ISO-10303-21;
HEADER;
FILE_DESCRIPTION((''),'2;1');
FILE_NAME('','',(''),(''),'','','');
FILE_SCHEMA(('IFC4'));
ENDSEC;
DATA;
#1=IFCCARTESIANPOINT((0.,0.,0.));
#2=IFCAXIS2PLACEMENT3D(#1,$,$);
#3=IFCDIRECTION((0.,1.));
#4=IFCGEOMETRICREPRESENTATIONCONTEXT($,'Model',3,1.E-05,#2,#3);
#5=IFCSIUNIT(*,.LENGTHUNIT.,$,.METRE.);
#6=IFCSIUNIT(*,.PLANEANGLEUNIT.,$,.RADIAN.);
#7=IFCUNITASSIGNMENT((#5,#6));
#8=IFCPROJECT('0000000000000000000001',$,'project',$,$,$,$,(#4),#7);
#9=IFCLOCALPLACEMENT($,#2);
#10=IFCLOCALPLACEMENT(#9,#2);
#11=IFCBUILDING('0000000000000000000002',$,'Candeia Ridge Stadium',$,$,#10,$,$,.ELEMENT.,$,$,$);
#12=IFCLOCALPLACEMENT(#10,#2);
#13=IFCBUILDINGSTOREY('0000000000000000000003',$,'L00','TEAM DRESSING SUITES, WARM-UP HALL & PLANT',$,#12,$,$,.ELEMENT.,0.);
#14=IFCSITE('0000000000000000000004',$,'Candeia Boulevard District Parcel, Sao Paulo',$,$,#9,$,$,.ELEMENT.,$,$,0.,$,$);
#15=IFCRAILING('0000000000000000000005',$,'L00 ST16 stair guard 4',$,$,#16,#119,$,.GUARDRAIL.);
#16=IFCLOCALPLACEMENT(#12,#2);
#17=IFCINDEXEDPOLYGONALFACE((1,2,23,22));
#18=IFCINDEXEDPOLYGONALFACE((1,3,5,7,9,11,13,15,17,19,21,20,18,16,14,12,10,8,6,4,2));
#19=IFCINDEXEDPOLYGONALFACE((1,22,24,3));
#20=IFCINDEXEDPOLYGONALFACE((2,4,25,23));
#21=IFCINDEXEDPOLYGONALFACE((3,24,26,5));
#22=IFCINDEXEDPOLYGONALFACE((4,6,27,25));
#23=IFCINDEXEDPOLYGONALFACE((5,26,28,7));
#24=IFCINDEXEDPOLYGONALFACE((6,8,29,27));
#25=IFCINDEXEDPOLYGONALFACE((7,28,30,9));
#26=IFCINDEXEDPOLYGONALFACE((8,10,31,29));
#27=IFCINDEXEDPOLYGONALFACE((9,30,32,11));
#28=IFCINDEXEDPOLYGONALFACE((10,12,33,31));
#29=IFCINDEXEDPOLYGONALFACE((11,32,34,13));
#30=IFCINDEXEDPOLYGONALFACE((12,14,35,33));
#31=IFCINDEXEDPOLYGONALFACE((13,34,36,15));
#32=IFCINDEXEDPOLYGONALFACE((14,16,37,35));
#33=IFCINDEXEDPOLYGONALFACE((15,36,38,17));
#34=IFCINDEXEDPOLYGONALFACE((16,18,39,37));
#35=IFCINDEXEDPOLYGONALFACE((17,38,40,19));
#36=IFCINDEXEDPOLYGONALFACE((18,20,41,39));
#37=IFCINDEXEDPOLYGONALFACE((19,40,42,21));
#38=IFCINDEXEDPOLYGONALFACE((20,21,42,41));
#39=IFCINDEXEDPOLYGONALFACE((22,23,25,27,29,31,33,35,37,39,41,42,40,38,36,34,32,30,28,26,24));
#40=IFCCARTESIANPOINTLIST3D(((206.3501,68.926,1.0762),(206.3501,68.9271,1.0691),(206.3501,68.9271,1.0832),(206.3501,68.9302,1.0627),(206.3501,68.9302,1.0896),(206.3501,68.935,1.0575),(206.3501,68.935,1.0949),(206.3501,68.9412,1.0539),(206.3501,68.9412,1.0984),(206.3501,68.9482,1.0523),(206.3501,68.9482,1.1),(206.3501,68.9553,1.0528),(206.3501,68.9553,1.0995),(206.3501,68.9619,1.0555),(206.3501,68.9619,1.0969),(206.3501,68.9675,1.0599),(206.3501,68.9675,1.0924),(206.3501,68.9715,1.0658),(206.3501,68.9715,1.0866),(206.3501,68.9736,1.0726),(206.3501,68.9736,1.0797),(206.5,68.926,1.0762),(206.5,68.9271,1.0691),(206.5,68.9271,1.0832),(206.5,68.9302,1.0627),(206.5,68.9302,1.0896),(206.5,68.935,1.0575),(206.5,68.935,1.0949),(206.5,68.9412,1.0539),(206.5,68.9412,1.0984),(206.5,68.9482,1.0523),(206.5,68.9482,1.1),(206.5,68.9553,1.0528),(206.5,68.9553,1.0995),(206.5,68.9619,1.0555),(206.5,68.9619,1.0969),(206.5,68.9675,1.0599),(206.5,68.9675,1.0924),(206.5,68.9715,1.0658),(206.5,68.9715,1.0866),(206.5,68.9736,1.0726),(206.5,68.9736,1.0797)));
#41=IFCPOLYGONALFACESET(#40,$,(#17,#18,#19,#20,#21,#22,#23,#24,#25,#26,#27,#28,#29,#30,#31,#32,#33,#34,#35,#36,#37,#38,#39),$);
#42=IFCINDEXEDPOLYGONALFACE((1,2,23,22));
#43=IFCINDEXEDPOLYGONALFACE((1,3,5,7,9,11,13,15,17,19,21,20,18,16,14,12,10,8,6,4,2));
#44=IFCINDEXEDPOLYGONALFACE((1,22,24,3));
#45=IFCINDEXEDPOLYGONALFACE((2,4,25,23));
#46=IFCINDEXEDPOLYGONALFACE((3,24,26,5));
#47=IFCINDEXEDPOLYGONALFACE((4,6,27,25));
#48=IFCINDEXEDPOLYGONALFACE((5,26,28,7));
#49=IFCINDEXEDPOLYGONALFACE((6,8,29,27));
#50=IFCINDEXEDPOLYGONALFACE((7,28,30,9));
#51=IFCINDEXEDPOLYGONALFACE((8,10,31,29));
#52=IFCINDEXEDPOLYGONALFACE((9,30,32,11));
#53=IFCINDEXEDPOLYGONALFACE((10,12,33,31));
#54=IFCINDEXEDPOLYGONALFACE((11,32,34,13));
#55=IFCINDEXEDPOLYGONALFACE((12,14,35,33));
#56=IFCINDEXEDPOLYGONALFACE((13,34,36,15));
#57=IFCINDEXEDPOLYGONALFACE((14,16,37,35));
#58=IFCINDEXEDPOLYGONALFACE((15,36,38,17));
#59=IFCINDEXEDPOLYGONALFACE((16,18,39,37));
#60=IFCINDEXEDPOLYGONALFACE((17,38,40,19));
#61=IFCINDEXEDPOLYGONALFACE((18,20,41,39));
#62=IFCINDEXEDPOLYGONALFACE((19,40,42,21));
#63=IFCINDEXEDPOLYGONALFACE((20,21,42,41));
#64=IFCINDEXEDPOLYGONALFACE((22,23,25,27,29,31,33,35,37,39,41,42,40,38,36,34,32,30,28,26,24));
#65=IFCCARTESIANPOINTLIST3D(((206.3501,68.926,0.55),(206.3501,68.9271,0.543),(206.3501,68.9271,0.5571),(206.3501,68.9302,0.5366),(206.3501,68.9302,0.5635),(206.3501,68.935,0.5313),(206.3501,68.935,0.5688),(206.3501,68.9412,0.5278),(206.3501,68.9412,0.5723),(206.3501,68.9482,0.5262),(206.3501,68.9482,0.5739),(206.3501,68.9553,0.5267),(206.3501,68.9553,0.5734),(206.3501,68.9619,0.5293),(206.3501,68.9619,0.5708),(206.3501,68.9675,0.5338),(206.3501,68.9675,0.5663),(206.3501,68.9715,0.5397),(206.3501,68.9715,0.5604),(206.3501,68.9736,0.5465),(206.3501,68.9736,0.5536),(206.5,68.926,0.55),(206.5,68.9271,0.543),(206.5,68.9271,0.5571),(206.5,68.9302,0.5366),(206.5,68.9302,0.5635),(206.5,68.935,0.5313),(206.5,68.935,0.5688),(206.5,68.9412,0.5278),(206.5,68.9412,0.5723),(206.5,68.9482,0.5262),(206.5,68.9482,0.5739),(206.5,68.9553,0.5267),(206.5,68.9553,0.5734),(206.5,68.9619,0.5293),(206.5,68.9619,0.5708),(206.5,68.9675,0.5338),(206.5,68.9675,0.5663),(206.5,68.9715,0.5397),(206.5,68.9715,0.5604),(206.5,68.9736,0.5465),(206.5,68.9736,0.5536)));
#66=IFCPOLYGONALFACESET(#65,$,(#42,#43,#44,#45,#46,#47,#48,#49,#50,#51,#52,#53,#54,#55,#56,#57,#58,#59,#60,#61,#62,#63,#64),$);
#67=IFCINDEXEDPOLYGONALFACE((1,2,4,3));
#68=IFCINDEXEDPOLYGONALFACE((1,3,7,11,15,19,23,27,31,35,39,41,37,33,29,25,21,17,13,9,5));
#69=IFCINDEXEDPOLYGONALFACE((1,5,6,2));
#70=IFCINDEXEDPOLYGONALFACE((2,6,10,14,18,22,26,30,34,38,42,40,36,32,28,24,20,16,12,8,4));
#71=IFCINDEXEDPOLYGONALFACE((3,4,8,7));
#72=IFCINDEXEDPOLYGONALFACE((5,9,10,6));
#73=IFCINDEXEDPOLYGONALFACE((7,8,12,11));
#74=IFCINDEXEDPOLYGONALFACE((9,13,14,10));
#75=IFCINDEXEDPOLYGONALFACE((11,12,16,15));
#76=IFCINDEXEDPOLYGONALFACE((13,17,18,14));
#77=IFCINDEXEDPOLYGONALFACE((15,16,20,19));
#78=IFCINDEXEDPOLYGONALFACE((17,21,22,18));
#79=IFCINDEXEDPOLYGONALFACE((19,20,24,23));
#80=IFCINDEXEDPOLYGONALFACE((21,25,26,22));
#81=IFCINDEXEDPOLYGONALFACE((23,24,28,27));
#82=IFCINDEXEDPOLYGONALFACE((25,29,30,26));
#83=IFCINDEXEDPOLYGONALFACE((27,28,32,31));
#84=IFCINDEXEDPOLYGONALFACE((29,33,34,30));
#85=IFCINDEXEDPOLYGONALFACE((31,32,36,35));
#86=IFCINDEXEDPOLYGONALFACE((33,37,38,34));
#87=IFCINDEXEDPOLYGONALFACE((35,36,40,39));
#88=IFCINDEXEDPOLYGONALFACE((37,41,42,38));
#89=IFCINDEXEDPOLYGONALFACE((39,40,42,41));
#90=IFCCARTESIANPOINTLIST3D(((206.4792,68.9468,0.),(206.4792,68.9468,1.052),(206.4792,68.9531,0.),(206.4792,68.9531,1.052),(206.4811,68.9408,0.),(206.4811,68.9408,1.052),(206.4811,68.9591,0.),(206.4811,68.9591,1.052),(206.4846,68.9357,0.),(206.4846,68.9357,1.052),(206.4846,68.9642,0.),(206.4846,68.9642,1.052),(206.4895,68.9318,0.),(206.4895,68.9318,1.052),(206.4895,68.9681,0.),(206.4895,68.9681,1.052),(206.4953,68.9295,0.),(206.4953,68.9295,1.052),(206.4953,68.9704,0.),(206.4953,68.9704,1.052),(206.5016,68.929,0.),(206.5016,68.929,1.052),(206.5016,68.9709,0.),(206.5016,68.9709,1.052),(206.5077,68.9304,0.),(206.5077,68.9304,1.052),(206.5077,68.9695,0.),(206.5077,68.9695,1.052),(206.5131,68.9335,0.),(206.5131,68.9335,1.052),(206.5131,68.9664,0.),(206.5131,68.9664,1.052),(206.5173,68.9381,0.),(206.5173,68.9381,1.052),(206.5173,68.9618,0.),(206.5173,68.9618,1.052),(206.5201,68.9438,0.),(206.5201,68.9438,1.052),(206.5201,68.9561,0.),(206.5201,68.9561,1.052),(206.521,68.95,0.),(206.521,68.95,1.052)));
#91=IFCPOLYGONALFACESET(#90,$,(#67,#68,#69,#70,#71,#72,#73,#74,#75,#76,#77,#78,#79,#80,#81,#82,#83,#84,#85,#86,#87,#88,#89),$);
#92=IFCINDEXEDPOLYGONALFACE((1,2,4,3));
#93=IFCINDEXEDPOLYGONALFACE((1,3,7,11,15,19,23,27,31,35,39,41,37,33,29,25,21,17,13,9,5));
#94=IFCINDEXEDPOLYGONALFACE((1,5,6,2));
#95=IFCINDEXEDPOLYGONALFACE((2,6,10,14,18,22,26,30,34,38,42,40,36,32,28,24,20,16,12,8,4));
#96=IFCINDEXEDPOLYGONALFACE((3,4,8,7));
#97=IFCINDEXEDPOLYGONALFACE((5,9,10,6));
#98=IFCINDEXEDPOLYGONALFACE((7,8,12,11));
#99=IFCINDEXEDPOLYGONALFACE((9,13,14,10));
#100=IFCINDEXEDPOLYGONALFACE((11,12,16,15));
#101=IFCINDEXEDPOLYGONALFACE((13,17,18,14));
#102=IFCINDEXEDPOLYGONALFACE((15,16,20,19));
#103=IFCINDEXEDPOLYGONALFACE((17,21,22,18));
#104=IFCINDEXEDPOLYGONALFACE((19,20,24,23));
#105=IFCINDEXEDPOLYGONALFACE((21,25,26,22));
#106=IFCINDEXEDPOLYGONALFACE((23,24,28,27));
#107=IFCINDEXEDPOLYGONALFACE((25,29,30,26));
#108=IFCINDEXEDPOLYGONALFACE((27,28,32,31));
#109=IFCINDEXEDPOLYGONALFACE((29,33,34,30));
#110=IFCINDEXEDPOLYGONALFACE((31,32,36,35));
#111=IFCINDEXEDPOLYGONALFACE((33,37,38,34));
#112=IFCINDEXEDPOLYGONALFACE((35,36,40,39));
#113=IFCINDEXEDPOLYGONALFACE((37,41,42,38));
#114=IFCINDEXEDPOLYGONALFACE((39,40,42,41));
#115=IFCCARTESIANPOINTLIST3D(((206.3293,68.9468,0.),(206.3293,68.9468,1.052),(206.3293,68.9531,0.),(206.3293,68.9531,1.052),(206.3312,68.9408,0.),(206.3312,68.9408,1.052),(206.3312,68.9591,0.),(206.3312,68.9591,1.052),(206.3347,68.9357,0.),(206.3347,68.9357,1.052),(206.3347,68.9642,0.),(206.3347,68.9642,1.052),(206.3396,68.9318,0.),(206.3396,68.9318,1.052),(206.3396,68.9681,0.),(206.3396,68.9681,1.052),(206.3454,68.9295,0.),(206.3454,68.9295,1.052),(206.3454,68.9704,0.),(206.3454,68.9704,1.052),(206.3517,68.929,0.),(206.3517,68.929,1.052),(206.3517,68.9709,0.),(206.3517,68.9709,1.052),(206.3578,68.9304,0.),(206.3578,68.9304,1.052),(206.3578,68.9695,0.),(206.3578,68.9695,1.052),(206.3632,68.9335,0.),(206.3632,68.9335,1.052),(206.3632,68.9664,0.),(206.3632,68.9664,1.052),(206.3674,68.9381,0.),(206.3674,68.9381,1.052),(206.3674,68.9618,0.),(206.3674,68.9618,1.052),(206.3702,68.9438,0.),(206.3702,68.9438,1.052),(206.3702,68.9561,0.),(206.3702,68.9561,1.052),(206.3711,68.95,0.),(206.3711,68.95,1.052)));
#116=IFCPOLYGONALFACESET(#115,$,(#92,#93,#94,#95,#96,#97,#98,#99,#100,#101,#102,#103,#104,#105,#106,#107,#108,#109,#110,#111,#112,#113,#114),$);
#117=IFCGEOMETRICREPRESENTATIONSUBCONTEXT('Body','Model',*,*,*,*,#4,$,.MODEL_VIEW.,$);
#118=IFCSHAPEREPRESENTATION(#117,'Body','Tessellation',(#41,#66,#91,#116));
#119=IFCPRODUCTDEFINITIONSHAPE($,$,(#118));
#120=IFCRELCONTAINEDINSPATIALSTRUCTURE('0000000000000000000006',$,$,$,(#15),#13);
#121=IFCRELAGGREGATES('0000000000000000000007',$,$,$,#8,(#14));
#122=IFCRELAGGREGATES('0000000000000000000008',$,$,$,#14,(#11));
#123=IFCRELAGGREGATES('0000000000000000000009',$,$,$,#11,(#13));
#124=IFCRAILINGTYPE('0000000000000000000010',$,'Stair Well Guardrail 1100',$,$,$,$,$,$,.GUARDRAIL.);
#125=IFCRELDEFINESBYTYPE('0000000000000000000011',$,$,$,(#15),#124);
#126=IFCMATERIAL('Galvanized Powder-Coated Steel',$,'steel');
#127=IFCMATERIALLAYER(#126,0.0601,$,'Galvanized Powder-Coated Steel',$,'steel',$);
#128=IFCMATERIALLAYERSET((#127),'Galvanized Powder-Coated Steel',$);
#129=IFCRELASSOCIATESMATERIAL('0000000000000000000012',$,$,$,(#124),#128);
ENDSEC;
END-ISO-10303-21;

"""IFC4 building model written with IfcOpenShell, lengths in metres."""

from ifc_helpers import new_model, si_unit, direction, frame, origin, origin_2d, place, context, subcontext, project, spatial, circle, extrude, material, layer, layer_set, type_object, element, save


model = new_model("IFC4")

# Units and contexts
model_context = context("Model", 3, precision=1e-05, world=origin(), true_north=direction((0.0, 1.0)))
body_context = subcontext(model_context, "Body", "Model", "MODEL_VIEW")
ifc_project = project(units=[si_unit("LENGTHUNIT", "METRE"), si_unit("PLANEANGLEUNIT", "RADIAN")], contexts=[model_context])

# Site, building, storey
site_placement = place(None, origin())
site = spatial("IfcSite", under=ifc_project, at=site_placement, Name="Candeia Boulevard District Parcel, Sao Paulo", CompositionType="ELEMENT", RefElevation=0.0)
building_placement = place(site_placement, origin())
building = spatial("IfcBuilding", under=site, at=building_placement, Name="Candeia Ridge Stadium", CompositionType="ELEMENT")
storey_placement = place(building_placement, origin())
storey = spatial("IfcBuildingStorey", under=building, at=storey_placement, Name="L00", Description="TEAM DRESSING SUITES, WARM-UP HALL & PLANT", CompositionType="ELEMENT", Elevation=0.0)

# Railing
ifc_material_1 = material(Name="Galvanized Powder-Coated Steel", Category="steel")
ifc_layer_1 = layer(ifc_material_1, 0.0601, Name="Galvanized Powder-Coated Steel", Category="steel")
ifc_layer_set_1 = layer_set([ifc_layer_1], Name="Galvanized Powder-Coated Steel")
railing_type_1 = type_object("IfcRailingType", Name="Stair Well Guardrail 1100", PredefinedType="GUARDRAIL", material=ifc_layer_set_1)
railing_1_placement = place(storey_placement, frame((206.5, 68.95, 0.0)))
element("IfcRailing", 1, at=railing_1_placement, inside=storey, type_object=railing_type_1, Name="L00 ST16 stair guard 4", PredefinedType="GUARDRAIL", context=body_context, shape_type="SweptSolid", body=[
    extrude(circle(Radius=0.0239, at=origin_2d()), frame((0.0, 0.0, 1.0762), z_axis=(-1.0, 0.0, 0.0), x_axis=(0.0, -1.0, 0.0)), (0.0, 0.0, 1.0), 0.1499),
    extrude(circle(Radius=0.0239, at=origin_2d()), frame((0.0, 0.0, 0.55), z_axis=(-1.0, 0.0, 0.0), x_axis=(0.0, -1.0, 0.0)), (0.0, 0.0, 1.0), 0.1499),
    extrude(circle(Radius=0.021, at=origin_2d()), origin(), (0.0, 0.0, 1.0), 1.052),
    extrude(circle(Radius=0.021, at=origin_2d()), frame((-0.1499, 0.0, 0.0)), (0.0, 0.0, 1.0), 1.052),
])

save(model, "model.ifc")
